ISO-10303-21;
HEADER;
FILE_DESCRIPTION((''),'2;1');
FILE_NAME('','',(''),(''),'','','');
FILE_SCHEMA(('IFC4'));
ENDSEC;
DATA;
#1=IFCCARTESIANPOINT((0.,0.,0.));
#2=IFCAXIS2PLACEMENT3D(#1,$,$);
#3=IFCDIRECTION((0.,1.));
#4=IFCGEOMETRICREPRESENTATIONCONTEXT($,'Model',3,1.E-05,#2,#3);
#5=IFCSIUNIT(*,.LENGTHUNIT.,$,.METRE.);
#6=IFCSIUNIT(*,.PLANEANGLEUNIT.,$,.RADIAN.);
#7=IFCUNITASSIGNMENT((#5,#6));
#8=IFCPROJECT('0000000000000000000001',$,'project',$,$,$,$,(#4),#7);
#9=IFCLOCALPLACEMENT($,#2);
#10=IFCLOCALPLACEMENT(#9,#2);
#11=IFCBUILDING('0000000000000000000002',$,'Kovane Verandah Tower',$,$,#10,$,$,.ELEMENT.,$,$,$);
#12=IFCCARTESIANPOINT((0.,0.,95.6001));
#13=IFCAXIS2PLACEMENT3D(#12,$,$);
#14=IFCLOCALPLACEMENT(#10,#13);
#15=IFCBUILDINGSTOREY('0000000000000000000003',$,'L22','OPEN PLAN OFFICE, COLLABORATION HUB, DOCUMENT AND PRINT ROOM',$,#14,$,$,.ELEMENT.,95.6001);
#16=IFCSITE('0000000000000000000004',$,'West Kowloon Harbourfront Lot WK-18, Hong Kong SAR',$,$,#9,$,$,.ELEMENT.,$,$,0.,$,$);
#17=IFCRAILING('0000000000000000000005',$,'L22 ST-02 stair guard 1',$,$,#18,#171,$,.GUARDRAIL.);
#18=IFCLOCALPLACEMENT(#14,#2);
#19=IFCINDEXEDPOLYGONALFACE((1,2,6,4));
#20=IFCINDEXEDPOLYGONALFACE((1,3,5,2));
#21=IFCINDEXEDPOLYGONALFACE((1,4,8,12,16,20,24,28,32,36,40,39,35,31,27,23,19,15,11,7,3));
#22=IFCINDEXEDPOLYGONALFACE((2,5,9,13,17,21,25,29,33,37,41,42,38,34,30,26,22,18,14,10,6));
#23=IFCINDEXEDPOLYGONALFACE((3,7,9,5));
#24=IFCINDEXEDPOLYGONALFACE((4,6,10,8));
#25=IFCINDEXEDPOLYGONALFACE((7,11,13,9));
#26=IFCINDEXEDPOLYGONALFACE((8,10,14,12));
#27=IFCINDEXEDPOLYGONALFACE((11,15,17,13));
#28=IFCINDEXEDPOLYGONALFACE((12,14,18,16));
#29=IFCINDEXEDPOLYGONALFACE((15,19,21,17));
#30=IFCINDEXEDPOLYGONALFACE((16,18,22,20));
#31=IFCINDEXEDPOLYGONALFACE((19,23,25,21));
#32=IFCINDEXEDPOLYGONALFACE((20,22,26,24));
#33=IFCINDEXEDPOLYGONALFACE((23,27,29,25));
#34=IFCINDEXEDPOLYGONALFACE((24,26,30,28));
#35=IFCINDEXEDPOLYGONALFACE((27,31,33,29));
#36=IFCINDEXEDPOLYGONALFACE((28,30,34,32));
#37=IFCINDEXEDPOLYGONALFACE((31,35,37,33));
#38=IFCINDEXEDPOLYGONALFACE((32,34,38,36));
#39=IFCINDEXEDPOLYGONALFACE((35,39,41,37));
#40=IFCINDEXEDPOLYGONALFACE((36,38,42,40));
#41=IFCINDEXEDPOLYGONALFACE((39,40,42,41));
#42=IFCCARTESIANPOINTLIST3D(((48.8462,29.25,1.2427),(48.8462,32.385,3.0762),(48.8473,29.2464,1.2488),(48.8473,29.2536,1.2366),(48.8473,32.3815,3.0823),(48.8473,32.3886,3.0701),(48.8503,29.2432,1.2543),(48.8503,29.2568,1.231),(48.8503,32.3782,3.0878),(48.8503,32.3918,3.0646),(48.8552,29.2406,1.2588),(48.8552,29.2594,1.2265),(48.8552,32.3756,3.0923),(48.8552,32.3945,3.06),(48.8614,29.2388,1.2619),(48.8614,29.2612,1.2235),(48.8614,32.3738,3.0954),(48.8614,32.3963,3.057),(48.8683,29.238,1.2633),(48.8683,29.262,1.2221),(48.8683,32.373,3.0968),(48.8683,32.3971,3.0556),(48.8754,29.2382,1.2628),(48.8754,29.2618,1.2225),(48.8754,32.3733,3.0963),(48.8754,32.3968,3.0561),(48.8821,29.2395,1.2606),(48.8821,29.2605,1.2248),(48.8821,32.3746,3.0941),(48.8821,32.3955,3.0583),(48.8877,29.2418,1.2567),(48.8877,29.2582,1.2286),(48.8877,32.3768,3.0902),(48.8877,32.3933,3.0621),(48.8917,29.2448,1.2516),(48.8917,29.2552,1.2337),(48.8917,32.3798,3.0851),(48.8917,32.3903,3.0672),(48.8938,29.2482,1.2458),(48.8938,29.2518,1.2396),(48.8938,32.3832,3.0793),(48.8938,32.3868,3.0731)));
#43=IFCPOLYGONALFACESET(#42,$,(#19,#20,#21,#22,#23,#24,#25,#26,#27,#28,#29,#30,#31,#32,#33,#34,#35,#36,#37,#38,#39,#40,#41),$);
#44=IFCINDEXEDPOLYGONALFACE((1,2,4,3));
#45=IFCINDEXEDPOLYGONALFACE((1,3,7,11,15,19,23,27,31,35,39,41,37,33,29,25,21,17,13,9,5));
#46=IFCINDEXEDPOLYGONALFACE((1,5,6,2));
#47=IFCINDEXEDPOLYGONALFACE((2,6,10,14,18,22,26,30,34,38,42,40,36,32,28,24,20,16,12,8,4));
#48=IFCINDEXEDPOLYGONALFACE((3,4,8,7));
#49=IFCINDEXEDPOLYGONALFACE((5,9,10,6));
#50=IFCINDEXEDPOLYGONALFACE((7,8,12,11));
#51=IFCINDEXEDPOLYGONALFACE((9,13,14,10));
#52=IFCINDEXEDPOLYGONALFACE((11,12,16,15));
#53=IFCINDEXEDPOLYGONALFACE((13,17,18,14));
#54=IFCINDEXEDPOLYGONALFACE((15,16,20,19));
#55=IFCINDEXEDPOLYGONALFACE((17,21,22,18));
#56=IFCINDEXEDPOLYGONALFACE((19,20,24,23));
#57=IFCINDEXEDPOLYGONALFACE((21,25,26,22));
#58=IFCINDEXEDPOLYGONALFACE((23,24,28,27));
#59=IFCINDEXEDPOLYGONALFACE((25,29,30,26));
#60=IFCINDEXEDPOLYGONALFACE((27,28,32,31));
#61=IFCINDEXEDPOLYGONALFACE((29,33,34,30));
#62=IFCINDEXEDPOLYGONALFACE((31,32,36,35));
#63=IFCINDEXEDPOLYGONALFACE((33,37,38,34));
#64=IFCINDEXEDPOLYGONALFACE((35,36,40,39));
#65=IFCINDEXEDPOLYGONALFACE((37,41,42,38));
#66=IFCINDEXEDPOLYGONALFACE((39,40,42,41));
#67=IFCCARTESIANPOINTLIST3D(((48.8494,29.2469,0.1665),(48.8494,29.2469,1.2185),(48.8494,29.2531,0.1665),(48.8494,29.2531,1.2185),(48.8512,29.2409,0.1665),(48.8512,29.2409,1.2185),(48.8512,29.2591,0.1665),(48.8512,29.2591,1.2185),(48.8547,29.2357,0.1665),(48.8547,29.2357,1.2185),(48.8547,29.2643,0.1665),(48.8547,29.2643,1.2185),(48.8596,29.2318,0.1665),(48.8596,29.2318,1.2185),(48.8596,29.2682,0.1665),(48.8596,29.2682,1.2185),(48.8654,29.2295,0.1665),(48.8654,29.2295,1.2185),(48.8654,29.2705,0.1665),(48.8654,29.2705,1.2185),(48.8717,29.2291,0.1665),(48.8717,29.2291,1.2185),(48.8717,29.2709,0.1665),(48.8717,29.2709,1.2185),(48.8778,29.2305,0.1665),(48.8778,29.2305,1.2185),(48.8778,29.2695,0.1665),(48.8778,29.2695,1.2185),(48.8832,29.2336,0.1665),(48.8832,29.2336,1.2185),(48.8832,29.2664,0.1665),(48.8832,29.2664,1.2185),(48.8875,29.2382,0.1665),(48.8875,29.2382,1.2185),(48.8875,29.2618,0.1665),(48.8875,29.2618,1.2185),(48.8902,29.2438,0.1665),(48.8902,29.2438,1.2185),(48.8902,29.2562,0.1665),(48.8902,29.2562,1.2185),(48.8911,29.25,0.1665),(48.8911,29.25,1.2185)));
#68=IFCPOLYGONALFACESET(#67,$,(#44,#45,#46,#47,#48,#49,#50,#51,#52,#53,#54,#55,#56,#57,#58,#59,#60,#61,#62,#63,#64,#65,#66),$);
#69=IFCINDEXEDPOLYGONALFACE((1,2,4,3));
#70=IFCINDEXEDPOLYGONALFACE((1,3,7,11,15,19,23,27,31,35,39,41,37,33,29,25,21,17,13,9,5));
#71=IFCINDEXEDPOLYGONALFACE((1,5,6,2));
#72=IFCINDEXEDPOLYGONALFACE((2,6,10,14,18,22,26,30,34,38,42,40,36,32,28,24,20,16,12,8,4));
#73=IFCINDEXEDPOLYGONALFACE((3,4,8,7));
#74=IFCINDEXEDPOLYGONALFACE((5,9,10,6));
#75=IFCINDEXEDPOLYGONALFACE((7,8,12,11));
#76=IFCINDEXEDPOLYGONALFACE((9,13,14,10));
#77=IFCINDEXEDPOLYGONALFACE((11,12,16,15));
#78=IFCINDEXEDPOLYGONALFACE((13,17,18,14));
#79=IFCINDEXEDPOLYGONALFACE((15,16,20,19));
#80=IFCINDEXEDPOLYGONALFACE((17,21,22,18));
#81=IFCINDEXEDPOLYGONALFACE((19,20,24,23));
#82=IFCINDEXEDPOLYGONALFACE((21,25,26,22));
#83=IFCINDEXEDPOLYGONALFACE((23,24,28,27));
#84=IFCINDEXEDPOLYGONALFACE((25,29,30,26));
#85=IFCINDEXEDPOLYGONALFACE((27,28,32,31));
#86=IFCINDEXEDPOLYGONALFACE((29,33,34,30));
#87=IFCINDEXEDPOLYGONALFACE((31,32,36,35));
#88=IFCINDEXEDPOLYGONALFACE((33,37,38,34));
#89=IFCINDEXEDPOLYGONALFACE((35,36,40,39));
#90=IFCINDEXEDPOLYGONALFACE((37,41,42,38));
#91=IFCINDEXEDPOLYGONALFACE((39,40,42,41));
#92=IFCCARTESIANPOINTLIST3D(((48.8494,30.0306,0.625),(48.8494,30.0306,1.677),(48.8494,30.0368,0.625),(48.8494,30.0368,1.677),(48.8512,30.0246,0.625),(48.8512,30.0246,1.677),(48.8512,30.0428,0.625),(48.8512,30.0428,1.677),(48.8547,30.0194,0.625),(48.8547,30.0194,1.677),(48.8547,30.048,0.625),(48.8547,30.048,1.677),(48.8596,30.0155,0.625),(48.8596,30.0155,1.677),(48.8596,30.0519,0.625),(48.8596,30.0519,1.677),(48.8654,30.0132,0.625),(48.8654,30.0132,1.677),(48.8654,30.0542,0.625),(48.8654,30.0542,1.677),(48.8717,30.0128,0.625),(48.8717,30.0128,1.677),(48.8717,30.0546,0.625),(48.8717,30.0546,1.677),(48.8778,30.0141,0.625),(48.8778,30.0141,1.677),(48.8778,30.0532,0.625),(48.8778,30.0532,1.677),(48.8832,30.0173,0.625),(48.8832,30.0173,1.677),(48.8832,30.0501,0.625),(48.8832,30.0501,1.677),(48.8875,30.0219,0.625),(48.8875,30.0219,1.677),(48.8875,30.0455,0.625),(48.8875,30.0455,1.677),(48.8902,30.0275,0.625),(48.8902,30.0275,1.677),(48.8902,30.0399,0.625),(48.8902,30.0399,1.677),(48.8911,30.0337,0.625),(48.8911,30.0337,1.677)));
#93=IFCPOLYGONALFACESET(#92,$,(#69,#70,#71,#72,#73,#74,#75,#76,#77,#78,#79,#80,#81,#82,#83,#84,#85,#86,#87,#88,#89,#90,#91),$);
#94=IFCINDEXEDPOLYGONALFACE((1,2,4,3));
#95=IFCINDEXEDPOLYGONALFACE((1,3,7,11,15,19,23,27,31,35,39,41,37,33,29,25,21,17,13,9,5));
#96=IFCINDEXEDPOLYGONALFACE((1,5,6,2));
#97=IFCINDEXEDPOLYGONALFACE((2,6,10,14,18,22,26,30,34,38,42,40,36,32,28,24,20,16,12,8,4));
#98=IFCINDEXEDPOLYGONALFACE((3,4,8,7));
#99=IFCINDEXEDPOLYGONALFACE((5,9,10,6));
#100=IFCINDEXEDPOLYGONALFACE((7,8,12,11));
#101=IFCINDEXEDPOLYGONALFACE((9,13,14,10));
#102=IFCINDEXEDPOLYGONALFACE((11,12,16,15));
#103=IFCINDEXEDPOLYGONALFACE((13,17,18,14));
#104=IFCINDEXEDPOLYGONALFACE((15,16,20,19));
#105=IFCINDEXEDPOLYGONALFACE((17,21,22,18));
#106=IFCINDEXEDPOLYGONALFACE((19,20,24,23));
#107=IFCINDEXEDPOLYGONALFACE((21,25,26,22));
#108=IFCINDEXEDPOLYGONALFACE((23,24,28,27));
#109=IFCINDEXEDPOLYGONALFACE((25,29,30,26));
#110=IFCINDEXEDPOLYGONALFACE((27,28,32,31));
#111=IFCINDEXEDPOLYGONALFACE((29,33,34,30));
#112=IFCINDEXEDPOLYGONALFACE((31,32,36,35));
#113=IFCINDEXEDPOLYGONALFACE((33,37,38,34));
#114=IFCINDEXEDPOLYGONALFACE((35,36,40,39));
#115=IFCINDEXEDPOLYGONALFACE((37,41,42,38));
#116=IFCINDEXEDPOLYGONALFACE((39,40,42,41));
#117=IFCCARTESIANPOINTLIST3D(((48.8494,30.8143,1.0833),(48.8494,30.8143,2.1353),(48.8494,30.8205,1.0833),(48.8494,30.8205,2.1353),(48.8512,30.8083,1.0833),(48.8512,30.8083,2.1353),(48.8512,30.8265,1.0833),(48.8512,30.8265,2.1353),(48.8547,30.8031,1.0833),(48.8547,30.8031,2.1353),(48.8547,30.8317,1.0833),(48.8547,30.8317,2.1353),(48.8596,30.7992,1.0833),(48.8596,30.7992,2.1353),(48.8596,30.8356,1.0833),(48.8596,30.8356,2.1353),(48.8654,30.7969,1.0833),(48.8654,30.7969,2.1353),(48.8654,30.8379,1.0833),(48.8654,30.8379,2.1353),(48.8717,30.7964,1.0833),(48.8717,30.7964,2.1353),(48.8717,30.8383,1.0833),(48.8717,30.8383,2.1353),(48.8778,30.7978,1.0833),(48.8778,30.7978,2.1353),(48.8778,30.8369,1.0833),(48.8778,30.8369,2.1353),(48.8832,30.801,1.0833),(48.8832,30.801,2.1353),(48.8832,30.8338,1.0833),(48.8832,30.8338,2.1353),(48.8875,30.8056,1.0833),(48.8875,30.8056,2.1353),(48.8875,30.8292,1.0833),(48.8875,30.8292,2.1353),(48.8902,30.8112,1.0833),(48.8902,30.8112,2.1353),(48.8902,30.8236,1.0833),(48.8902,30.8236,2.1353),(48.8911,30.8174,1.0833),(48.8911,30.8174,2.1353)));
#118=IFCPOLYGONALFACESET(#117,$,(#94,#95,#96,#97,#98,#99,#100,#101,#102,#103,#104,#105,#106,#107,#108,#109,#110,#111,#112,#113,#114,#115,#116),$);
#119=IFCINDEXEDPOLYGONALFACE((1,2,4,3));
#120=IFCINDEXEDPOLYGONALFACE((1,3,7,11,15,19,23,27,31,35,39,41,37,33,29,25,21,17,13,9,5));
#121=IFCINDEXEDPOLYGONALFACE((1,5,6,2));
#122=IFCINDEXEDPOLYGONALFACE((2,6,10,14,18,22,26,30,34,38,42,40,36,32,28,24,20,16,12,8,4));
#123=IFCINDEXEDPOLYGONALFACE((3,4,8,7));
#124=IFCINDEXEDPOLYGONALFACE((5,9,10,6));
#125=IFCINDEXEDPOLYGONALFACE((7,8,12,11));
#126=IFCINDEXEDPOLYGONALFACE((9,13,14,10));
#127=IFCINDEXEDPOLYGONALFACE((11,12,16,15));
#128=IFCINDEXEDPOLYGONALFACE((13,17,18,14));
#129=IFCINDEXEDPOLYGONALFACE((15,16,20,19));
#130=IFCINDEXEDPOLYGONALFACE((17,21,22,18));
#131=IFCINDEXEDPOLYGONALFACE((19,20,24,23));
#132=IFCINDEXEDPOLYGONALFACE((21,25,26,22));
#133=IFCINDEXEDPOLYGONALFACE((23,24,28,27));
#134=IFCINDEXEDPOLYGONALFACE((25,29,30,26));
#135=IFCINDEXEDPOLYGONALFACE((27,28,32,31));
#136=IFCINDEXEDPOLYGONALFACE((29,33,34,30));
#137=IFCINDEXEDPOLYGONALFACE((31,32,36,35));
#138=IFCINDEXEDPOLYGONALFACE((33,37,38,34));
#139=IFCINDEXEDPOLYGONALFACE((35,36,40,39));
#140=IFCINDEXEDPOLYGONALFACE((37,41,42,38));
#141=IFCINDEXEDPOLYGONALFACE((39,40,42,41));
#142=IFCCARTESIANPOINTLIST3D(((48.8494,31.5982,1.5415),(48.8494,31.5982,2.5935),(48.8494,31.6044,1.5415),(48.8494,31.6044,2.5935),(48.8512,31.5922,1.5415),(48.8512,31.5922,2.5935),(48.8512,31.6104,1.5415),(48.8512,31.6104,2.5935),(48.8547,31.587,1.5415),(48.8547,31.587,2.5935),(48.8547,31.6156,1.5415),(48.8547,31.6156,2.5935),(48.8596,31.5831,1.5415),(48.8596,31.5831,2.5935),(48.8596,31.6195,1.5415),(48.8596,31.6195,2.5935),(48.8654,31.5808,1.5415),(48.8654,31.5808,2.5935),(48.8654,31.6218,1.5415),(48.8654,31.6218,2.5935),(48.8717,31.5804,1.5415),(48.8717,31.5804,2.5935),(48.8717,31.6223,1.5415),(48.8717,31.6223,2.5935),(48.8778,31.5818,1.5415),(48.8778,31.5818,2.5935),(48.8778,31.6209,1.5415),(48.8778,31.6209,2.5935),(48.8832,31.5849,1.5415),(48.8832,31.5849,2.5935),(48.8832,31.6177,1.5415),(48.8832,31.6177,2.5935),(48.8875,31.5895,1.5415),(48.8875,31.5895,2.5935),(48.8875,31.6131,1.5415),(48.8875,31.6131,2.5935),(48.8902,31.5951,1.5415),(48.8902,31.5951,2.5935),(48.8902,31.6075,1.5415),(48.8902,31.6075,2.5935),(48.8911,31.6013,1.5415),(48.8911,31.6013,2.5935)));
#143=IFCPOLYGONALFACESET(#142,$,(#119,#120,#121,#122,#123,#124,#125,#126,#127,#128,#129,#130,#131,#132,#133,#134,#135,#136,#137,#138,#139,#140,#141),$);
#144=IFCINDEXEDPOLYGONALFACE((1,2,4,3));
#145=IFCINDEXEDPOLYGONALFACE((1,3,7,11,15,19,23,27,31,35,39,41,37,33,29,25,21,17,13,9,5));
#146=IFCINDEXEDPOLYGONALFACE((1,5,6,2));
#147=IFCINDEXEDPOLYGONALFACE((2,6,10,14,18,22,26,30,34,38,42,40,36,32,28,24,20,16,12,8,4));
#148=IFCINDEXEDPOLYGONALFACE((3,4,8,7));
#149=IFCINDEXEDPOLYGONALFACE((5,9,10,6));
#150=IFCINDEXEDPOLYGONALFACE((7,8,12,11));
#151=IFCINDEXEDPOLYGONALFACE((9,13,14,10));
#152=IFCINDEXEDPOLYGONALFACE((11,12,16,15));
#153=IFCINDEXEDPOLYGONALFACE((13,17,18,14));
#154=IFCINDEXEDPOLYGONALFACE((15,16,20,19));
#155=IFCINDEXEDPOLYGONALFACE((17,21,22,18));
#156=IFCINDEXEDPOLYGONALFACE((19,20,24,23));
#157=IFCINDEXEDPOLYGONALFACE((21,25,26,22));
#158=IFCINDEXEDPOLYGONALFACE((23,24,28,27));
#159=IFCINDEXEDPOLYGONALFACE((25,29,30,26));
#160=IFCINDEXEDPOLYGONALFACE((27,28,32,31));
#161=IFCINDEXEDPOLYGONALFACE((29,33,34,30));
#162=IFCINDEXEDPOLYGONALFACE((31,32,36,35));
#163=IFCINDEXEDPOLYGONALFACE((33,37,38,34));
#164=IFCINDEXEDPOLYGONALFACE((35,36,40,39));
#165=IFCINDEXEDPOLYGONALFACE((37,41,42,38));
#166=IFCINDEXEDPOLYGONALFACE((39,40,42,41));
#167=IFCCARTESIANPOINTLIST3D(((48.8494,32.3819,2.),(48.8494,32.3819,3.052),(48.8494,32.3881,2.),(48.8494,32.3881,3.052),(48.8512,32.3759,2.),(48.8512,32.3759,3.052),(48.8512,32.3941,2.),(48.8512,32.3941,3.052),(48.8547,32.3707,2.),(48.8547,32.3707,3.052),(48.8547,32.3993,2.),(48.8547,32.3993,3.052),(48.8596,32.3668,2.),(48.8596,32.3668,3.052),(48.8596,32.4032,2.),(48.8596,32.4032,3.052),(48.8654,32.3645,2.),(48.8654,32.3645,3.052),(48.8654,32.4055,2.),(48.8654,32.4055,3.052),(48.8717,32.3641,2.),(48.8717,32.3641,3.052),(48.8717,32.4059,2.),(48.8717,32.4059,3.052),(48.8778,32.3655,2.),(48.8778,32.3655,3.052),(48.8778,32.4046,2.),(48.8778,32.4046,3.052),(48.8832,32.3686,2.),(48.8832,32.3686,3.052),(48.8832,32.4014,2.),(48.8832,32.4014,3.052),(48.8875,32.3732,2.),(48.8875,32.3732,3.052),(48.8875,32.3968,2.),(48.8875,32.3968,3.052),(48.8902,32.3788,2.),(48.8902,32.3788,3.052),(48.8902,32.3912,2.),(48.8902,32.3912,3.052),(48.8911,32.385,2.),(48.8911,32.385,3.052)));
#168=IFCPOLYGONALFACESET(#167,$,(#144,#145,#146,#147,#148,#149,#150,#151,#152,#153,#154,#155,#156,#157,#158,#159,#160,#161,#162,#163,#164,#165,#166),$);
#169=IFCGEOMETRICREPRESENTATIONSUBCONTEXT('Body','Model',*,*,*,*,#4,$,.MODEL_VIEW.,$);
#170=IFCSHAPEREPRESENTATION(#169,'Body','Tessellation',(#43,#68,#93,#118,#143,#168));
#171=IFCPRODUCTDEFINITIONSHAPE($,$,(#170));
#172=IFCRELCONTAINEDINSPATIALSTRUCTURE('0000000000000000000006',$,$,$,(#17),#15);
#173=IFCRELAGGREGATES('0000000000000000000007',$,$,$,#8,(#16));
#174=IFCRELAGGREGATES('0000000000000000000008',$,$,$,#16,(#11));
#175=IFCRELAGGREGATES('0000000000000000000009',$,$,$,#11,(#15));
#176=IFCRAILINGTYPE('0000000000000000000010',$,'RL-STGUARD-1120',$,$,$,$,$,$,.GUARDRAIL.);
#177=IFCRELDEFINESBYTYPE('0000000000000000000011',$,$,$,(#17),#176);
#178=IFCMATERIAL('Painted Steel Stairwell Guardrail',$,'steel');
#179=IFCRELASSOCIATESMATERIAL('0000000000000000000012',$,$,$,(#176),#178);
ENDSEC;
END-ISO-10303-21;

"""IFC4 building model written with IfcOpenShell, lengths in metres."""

from ifc_helpers import new_model, si_unit, direction, frame, origin, origin_2d, place, context, subcontext, project, spatial, circle, extrude, material, type_object, element, save


model = new_model("IFC4")

# Units and contexts
model_context = context("Model", 3, precision=1e-05, world=origin(), true_north=direction((0.0, 1.0)))
body_context = subcontext(model_context, "Body", "Model", "MODEL_VIEW")
ifc_project = project(units=[si_unit("LENGTHUNIT", "METRE"), si_unit("PLANEANGLEUNIT", "RADIAN")], contexts=[model_context])

# Site, building, storey
site_placement = place(None, origin())
site = spatial("IfcSite", under=ifc_project, at=site_placement, Name="West Kowloon Harbourfront Lot WK-18, Hong Kong SAR", CompositionType="ELEMENT", RefElevation=0.0)
building_placement = place(site_placement, origin())
building = spatial("IfcBuilding", under=site, at=building_placement, Name="Kovane Verandah Tower", CompositionType="ELEMENT")
storey_placement = place(building_placement, frame((0.0, 0.0, 95.6001)))
storey = spatial("IfcBuildingStorey", under=building, at=storey_placement, Name="L22", Description="OPEN PLAN OFFICE, COLLABORATION HUB, DOCUMENT AND PRINT ROOM", CompositionType="ELEMENT", Elevation=95.6001)

# Railing
ifc_material_1 = material(Name="Painted Steel Stairwell Guardrail", Category="steel")
railing_type_1 = type_object("IfcRailingType", Name="RL-STGUARD-1120", PredefinedType="GUARDRAIL", material=ifc_material_1)
railing_1_placement = place(storey_placement, frame((48.8701, 29.25, 0.1665)))
element("IfcRailing", 1, at=railing_1_placement, inside=storey, type_object=railing_type_1, Name="L22 ST-02 stair guard 1", PredefinedType="GUARDRAIL", context=body_context, shape_type="SweptSolid", body=[
    extrude(circle(Radius=0.0239, at=origin_2d()), frame((0.0, 0.0, 1.0762), z_axis=(0.0, 0.86321, 0.504845), x_axis=(-1.0, 0.0, 0.0)), (0.0, 0.0, 1.0), 3.6318),
    extrude(circle(Radius=0.021, at=origin_2d()), origin(), (0.0, 0.0, 1.0), 1.052),
    extrude(circle(Radius=0.021, at=origin_2d()), frame((0.0, 0.7837, 0.4585)), (0.0, 0.0, 1.0), 1.052),
    extrude(circle(Radius=0.021, at=origin_2d()), frame((0.0, 1.5674, 0.9167)), (0.0, 0.0, 1.0), 1.052),
    extrude(circle(Radius=0.021, at=origin_2d()), frame((0.0, 2.3513, 1.375)), (0.0, 0.0, 1.0), 1.052),
    extrude(circle(Radius=0.021, at=origin_2d()), frame((0.0, 3.135, 1.8335)), (0.0, 0.0, 1.0), 1.052),
])

save(model, "model.ifc")
